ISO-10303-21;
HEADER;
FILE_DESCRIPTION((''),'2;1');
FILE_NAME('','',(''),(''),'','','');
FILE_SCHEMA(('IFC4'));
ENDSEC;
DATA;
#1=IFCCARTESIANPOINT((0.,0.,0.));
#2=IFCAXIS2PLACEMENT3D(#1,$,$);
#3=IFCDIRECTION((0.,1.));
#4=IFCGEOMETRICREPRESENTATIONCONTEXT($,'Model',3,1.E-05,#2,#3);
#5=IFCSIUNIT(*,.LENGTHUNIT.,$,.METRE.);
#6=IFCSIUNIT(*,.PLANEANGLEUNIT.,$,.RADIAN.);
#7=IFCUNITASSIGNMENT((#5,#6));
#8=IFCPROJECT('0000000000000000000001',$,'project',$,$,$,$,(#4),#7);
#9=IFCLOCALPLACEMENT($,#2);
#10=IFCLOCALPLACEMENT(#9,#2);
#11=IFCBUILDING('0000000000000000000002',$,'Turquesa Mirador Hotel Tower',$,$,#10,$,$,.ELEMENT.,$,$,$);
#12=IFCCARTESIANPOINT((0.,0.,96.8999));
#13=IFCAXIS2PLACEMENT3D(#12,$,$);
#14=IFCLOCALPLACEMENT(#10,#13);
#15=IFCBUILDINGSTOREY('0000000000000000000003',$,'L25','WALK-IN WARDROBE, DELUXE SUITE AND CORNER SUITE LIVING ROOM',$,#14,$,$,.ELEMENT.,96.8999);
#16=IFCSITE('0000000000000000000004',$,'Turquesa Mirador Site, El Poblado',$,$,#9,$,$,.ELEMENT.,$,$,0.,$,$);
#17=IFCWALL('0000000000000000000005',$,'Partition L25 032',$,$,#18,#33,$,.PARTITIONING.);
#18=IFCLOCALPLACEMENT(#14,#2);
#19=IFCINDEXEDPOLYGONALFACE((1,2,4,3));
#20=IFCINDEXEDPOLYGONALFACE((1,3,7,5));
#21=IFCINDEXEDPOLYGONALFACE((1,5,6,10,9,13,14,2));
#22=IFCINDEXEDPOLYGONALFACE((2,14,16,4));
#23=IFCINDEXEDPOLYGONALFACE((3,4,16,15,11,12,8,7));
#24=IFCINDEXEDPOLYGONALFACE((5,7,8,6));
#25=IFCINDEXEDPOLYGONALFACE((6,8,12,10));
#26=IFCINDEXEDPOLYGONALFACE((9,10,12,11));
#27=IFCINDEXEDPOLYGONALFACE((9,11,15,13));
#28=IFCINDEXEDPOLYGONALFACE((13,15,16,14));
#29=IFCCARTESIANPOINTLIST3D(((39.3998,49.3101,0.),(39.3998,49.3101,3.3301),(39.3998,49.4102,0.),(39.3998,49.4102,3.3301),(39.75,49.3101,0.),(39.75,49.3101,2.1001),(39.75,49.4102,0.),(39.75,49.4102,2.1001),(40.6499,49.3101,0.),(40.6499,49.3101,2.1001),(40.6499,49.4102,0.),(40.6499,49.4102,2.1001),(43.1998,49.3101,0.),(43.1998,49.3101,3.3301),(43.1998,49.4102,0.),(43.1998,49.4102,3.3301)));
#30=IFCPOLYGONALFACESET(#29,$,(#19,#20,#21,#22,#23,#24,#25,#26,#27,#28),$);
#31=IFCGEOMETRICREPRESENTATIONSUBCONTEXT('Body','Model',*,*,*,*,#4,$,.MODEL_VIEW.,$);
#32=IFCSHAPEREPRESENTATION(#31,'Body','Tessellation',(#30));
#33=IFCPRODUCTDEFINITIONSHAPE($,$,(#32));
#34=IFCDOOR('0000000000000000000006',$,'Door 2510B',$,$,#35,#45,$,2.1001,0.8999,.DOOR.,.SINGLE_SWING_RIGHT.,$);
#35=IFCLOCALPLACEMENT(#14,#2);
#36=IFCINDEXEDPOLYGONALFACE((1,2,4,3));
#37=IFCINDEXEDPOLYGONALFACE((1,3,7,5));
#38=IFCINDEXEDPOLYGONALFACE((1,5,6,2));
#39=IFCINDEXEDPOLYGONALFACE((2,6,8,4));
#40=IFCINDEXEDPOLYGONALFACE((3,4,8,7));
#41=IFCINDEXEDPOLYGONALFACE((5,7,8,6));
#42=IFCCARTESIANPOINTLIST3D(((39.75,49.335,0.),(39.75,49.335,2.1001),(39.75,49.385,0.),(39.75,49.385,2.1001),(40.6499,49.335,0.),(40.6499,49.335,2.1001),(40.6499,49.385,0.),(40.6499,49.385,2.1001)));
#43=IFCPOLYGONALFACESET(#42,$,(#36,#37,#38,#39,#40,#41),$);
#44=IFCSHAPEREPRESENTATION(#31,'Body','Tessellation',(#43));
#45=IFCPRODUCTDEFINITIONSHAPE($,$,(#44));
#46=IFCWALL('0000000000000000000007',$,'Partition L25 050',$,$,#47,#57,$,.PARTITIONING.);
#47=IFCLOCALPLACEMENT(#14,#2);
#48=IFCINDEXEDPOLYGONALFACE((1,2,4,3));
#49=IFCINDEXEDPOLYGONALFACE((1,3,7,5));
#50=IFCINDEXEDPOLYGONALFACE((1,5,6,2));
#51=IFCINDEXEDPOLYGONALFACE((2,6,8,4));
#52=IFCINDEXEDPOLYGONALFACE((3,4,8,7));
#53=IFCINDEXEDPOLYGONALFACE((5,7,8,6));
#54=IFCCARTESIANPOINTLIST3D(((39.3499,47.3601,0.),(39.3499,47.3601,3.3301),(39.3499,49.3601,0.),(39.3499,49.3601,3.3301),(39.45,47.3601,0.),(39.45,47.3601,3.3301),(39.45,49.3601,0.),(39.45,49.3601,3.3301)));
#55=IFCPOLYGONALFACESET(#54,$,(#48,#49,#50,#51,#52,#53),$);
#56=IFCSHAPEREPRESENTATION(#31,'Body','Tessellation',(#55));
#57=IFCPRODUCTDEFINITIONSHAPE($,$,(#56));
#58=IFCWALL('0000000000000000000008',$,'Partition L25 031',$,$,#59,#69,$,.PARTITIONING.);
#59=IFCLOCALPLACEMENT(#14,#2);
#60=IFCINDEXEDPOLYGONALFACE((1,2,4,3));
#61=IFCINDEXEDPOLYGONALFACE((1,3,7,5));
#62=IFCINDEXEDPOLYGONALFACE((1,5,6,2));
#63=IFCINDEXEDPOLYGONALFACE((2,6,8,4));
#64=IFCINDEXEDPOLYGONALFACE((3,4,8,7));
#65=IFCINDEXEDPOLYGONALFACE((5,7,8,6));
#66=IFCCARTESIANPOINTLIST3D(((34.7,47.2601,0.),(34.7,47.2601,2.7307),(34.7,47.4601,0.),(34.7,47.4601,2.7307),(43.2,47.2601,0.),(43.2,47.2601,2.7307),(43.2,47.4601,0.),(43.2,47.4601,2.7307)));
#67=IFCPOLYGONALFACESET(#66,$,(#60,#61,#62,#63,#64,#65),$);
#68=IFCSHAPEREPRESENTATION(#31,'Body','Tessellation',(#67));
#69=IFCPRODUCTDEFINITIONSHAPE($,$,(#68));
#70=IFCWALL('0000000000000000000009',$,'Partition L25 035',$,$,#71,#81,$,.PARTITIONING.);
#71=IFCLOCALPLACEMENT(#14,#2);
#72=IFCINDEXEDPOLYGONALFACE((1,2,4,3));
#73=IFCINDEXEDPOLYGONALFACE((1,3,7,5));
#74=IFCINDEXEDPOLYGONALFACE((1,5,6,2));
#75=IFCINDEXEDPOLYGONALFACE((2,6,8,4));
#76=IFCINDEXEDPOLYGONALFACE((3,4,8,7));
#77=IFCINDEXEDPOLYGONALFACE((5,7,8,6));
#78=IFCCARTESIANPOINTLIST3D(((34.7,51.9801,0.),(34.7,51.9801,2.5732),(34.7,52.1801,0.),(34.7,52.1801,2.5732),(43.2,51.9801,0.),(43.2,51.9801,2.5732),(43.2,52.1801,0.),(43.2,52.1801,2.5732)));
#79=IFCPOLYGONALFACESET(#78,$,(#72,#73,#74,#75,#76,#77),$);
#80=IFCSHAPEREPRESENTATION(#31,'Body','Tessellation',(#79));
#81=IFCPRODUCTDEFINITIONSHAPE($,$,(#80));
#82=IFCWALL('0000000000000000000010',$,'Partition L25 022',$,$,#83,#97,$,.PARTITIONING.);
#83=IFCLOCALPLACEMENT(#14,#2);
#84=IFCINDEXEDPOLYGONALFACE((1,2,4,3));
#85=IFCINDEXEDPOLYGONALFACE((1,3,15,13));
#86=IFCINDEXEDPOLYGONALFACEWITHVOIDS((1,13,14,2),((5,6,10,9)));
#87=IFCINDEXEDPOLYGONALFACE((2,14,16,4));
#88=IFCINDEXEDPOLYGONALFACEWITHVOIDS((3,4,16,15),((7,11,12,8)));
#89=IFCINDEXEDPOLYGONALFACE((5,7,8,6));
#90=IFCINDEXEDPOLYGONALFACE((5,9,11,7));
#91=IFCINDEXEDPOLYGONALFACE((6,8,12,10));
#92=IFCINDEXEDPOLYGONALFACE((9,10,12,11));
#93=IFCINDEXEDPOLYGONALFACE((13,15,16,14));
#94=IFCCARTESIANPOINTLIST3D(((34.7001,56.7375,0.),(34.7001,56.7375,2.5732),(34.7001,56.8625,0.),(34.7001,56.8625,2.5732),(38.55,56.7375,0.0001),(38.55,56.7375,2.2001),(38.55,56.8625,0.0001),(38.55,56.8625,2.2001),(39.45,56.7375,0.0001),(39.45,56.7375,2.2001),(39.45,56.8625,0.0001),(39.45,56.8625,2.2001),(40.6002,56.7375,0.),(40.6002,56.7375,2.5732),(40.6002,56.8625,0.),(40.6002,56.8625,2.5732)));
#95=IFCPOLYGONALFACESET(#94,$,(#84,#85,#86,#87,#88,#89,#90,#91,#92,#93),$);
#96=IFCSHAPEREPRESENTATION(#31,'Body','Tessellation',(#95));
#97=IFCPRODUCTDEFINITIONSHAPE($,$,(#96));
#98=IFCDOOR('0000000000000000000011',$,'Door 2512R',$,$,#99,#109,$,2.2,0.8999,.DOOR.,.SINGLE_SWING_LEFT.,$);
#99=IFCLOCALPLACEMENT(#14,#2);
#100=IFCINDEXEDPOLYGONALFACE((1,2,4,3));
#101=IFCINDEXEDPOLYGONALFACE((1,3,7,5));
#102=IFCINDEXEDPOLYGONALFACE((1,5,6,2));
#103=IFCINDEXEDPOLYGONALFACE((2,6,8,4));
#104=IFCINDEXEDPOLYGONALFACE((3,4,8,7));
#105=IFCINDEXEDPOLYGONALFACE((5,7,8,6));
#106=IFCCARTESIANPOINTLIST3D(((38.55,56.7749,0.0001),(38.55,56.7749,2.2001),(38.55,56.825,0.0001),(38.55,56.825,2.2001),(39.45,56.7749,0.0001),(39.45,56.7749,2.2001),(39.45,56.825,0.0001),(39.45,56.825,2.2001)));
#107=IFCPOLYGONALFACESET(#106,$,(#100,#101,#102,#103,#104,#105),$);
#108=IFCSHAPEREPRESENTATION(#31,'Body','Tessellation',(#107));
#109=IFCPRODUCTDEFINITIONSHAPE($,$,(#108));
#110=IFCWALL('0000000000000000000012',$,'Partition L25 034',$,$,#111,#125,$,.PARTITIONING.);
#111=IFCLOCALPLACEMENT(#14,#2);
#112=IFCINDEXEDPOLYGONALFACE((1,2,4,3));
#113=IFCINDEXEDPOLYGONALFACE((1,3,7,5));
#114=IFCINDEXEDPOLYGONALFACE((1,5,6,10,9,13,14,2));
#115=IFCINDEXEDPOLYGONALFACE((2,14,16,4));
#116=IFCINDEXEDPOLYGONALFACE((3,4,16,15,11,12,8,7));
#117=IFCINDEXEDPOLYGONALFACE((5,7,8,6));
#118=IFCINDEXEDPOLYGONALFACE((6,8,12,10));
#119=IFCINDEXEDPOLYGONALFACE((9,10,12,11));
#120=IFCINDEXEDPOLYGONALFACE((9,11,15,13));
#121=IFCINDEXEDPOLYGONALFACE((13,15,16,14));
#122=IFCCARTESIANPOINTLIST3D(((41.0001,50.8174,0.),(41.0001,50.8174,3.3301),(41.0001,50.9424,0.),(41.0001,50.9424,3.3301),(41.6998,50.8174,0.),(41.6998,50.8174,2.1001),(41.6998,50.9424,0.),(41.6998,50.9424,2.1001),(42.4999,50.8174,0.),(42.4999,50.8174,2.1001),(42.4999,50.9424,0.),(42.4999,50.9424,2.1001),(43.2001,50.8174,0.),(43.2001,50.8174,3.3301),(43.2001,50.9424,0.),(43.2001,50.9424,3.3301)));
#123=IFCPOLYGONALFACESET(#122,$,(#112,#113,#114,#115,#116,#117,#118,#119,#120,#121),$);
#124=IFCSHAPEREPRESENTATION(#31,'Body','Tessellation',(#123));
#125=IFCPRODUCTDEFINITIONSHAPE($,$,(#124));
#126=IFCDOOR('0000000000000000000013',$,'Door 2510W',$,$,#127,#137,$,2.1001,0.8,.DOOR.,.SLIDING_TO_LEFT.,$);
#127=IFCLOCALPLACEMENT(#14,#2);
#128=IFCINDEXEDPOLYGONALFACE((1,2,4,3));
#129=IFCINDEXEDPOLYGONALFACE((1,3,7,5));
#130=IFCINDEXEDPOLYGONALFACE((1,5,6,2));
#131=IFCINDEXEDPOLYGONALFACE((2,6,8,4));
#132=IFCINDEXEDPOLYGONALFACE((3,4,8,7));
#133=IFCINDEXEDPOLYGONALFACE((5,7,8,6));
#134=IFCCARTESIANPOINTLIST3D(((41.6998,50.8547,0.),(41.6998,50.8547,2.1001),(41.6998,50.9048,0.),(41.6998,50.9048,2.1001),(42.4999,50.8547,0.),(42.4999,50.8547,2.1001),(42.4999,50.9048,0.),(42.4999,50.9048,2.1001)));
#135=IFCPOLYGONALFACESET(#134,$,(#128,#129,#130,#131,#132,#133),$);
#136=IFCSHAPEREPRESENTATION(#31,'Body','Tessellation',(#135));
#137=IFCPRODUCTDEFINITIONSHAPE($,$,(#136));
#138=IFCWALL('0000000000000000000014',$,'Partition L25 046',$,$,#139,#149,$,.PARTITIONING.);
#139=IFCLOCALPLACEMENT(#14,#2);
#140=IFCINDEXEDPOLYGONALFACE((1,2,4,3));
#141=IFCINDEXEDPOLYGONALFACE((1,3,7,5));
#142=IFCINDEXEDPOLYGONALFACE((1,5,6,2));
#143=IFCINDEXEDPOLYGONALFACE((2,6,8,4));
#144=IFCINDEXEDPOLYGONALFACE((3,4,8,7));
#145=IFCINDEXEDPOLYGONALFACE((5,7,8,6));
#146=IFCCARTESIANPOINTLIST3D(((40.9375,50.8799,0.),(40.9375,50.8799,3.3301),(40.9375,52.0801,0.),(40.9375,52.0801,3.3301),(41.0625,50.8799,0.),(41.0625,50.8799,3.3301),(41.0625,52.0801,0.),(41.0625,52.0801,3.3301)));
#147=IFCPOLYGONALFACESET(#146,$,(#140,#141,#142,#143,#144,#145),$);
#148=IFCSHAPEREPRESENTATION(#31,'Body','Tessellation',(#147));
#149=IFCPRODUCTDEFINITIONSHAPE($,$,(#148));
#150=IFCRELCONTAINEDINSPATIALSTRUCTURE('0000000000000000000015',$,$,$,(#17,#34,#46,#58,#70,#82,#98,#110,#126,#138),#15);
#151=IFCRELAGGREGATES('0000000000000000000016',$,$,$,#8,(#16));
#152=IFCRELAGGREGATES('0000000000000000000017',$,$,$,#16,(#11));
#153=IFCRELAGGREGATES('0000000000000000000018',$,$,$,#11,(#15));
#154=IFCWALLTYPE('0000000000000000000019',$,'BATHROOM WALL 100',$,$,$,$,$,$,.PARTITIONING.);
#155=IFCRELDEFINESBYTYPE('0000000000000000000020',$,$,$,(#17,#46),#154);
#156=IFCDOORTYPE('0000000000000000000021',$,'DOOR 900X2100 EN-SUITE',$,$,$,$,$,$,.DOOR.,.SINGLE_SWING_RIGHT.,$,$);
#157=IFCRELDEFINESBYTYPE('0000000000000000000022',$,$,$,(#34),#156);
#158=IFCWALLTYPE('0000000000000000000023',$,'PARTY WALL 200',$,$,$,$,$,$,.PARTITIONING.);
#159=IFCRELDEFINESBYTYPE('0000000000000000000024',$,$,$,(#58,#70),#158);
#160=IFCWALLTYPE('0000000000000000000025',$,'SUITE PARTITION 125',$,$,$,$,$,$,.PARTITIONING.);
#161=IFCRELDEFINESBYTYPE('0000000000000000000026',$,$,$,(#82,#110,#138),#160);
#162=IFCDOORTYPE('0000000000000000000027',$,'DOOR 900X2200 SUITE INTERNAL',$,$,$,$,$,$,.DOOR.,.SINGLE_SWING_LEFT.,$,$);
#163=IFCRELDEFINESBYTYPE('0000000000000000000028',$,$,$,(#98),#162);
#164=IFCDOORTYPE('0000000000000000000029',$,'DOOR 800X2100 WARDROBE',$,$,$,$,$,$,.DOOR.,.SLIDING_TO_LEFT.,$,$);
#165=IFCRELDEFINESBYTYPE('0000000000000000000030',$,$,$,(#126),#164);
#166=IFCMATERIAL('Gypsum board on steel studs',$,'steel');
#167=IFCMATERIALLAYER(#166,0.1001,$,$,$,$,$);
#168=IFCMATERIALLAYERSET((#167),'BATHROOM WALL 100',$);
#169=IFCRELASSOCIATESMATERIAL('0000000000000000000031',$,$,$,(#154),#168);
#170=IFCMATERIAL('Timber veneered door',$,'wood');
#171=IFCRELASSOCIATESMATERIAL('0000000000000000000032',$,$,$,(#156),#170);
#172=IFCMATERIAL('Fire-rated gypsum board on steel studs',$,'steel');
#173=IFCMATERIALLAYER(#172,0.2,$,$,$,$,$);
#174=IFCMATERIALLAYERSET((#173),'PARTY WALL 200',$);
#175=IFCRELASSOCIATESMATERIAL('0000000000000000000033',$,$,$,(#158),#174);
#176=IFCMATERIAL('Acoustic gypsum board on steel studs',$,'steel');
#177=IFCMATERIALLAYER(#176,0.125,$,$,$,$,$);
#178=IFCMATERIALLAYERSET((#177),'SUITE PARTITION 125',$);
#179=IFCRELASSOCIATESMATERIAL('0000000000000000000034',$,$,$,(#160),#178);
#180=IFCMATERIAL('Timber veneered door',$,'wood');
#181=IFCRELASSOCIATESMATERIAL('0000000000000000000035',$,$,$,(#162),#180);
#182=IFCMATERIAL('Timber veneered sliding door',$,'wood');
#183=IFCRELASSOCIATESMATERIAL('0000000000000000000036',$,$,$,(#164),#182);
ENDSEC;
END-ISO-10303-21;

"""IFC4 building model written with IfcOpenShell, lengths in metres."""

from ifc_helpers import new_model, si_unit, direction, frame, frame_2d, origin, place, context, subcontext, project, spatial, rectangle, extrude, material, layer, layer_set, type_object, element, fill, save


model = new_model("IFC4")

# Units and contexts
model_context = context("Model", 3, precision=1e-05, world=origin(), true_north=direction((0.0, 1.0)))
body_context = subcontext(model_context, "Body", "Model", "MODEL_VIEW")
ifc_project = project(units=[si_unit("LENGTHUNIT", "METRE"), si_unit("PLANEANGLEUNIT", "RADIAN")], contexts=[model_context])

# Site, building, storey
site_placement = place(None, origin())
site = spatial("IfcSite", under=ifc_project, at=site_placement, Name="Turquesa Mirador Site, El Poblado", CompositionType="ELEMENT", RefElevation=0.0)
building_placement = place(site_placement, origin())
building = spatial("IfcBuilding", under=site, at=building_placement, Name="Turquesa Mirador Hotel Tower", CompositionType="ELEMENT")
storey_placement = place(building_placement, frame((0.0, 0.0, 96.8999)))
storey = spatial("IfcBuildingStorey", under=building, at=storey_placement, Name="L25", Description="WALK-IN WARDROBE, DELUXE SUITE AND CORNER SUITE LIVING ROOM", CompositionType="ELEMENT", Elevation=96.8999)

# Wall, opening, door
ifc_material_1 = material(Name="Gypsum board on steel studs", Category="steel")
ifc_layer_1 = layer(ifc_material_1, 0.1001)
ifc_layer_set_1 = layer_set([ifc_layer_1], Name="BATHROOM WALL 100")
wall_type_1 = type_object("IfcWallType", Name="BATHROOM WALL 100", PredefinedType="PARTITIONING", material=ifc_layer_set_1)
wall_1_placement = place(storey_placement, frame((39.3999, 49.3601, 0.0), z_axis=(0.0, 0.0, 1.0), x_axis=(1.0, 0.0, 0.0)))
wall_1 = element("IfcWall", 1, at=wall_1_placement, inside=storey, type_object=wall_type_1, Name="Partition L25 032", PredefinedType="PARTITIONING", context=body_context, shape_type="SweptSolid", body=[
    extrude(rectangle(XDim=3.8, YDim=0.1001, at=frame_2d((1.8999, 0.0))), origin(), (0.0, 0.0, 1.0), 3.3301),
])
opening_1_placement = place(wall_1_placement, frame((0.3501, 0.0, 0.0)))
opening_1 = element("IfcOpeningElement", 2, at=opening_1_placement, cuts=wall_1, PredefinedType="OPENING", context=body_context, shape_type="SweptSolid", body=[
    extrude(rectangle(XDim=0.8999, YDim=2.1001, at=frame_2d((0.45, 1.05))), frame((0.0, 0.0601, 0.0), z_axis=(0.0, -1.0, 0.0), x_axis=(1.0, 0.0, 0.0)), (0.0, 0.0, 1.0), 0.1201),
])
ifc_material_2 = material(Name="Timber veneered door", Category="wood")
door_type_1 = type_object("IfcDoorType", Name="DOOR 900X2100 EN-SUITE", OperationType="SINGLE_SWING_RIGHT", PredefinedType="DOOR", material=ifc_material_2)
door_1_placement = place(opening_1_placement, origin())
door_1 = element("IfcDoor", 3, at=door_1_placement, inside=storey, type_object=door_type_1, Name="Door 2510B", OperationType="SINGLE_SWING_RIGHT", OverallHeight=2.1001, OverallWidth=0.8999, PredefinedType="DOOR", context=body_context, shape_type="SweptSolid", body=[
    extrude(rectangle(XDim=0.8999, YDim=2.1001, at=frame_2d((0.45, 1.05))), frame((0.0, 0.0249, 0.0), z_axis=(0.0, -1.0, 0.0), x_axis=(1.0, 0.0, 0.0)), (0.0, 0.0, 1.0), 0.05),
])
fill(opening_1, door_1)

# Walls
wall_2_placement = place(storey_placement, frame((39.3999, 47.3601, 0.0), z_axis=(0.0, 0.0, 1.0), x_axis=(0.0, 1.0, 0.0)))
element("IfcWall", 4, at=wall_2_placement, inside=storey, type_object=wall_type_1, Name="Partition L25 050", PredefinedType="PARTITIONING", context=body_context, shape_type="SweptSolid", body=[
    extrude(rectangle(XDim=2.0, YDim=0.1001, at=frame_2d((1.0, 0.0))), origin(), (0.0, 0.0, 1.0), 3.3301),
])
ifc_material_3 = material(Name="Fire-rated gypsum board on steel studs", Category="steel")
ifc_layer_2 = layer(ifc_material_3, 0.2)
ifc_layer_set_2 = layer_set([ifc_layer_2], Name="PARTY WALL 200")
wall_type_2 = type_object("IfcWallType", Name="PARTY WALL 200", PredefinedType="PARTITIONING", material=ifc_layer_set_2)
wall_3_placement = place(storey_placement, frame((34.7, 47.3601, 0.0), z_axis=(0.0, 0.0, 1.0), x_axis=(1.0, 0.0, 0.0)))
element("IfcWall", 5, at=wall_3_placement, inside=storey, type_object=wall_type_2, Name="Partition L25 031", PredefinedType="PARTITIONING", context=body_context, shape_type="SweptSolid", body=[
    extrude(rectangle(XDim=8.5, YDim=0.2, at=frame_2d((4.25, 0.0))), origin(), (0.0, 0.0, 1.0), 2.7307),
])
wall_4_placement = place(storey_placement, frame((34.7, 52.0801, 0.0), z_axis=(0.0, 0.0, 1.0), x_axis=(1.0, 0.0, 0.0)))
element("IfcWall", 6, at=wall_4_placement, inside=storey, type_object=wall_type_2, Name="Partition L25 035", PredefinedType="PARTITIONING", context=body_context, shape_type="SweptSolid", body=[
    extrude(rectangle(XDim=8.5, YDim=0.2, at=frame_2d((4.25, 0.0))), origin(), (0.0, 0.0, 1.0), 2.5732),
])

# Walls, openings, doors
ifc_material_4 = material(Name="Acoustic gypsum board on steel studs", Category="steel")
ifc_layer_3 = layer(ifc_material_4, 0.125)
ifc_layer_set_3 = layer_set([ifc_layer_3], Name="SUITE PARTITION 125")
wall_type_3 = type_object("IfcWallType", Name="SUITE PARTITION 125", PredefinedType="PARTITIONING", material=ifc_layer_set_3)
wall_5_placement = place(storey_placement, frame((34.7, 56.8, 0.0), z_axis=(0.0, 0.0, 1.0), x_axis=(1.0, 0.0, 0.0)))
wall_5 = element("IfcWall", 7, at=wall_5_placement, inside=storey, type_object=wall_type_3, Name="Partition L25 022", PredefinedType="PARTITIONING", context=body_context, shape_type="SweptSolid", body=[
    extrude(rectangle(XDim=5.9001, YDim=0.125, at=frame_2d((2.9502, 0.0))), origin(), (0.0, 0.0, 1.0), 2.5732),
])
opening_2_placement = place(wall_5_placement, frame((3.8501, 0.0, 0.0)))
opening_2 = element("IfcOpeningElement", 8, at=opening_2_placement, cuts=wall_5, PredefinedType="OPENING", context=body_context, shape_type="SweptSolid", body=[
    extrude(rectangle(XDim=0.8999, YDim=2.2, at=frame_2d((0.45, 1.1001))), frame((0.0, 0.0725, 0.0), z_axis=(0.0, -1.0, 0.0), x_axis=(1.0, 0.0, 0.0)), (0.0, 0.0, 1.0), 0.145),
])
ifc_material_5 = material(Name="Timber veneered door", Category="wood")
door_type_2 = type_object("IfcDoorType", Name="DOOR 900X2200 SUITE INTERNAL", OperationType="SINGLE_SWING_LEFT", PredefinedType="DOOR", material=ifc_material_5)
door_2_placement = place(opening_2_placement, origin())
door_2 = element("IfcDoor", 9, at=door_2_placement, inside=storey, type_object=door_type_2, Name="Door 2512R", OperationType="SINGLE_SWING_LEFT", OverallHeight=2.2, OverallWidth=0.8999, PredefinedType="DOOR", context=body_context, shape_type="SweptSolid", body=[
    extrude(rectangle(XDim=0.8999, YDim=2.2, at=frame_2d((0.45, 1.1001))), frame((0.0, 0.0249, 0.0), z_axis=(0.0, -1.0, 0.0), x_axis=(1.0, 0.0, 0.0)), (0.0, 0.0, 1.0), 0.05),
])
fill(opening_2, door_2)
wall_6_placement = place(storey_placement, frame((41.0, 50.8799, 0.0), z_axis=(0.0, 0.0, 1.0), x_axis=(1.0, 0.0, 0.0)))
wall_6 = element("IfcWall", 10, at=wall_6_placement, inside=storey, type_object=wall_type_3, Name="Partition L25 034", PredefinedType="PARTITIONING", context=body_context, shape_type="SweptSolid", body=[
    extrude(rectangle(XDim=2.2, YDim=0.125, at=frame_2d((1.1001, 0.0))), origin(), (0.0, 0.0, 1.0), 3.3301),
])
opening_3_placement = place(wall_6_placement, frame((0.7, 0.0, 0.0)))
opening_3 = element("IfcOpeningElement", 11, at=opening_3_placement, cuts=wall_6, PredefinedType="OPENING", context=body_context, shape_type="SweptSolid", body=[
    extrude(rectangle(XDim=0.8, YDim=2.1001, at=frame_2d((0.3999, 1.05))), frame((0.0, 0.0725, 0.0), z_axis=(0.0, -1.0, 0.0), x_axis=(1.0, 0.0, 0.0)), (0.0, 0.0, 1.0), 0.145),
])
ifc_material_6 = material(Name="Timber veneered sliding door", Category="wood")
door_type_3 = type_object("IfcDoorType", Name="DOOR 800X2100 WARDROBE", OperationType="SLIDING_TO_LEFT", PredefinedType="DOOR", material=ifc_material_6)
door_3_placement = place(opening_3_placement, origin())
door_3 = element("IfcDoor", 12, at=door_3_placement, inside=storey, type_object=door_type_3, Name="Door 2510W", OperationType="SLIDING_TO_LEFT", OverallHeight=2.1001, OverallWidth=0.8, PredefinedType="DOOR", context=body_context, shape_type="SweptSolid", body=[
    extrude(rectangle(XDim=0.8, YDim=2.1001, at=frame_2d((0.3999, 1.05))), frame((0.0, 0.0249, 0.0), z_axis=(0.0, -1.0, 0.0), x_axis=(1.0, 0.0, 0.0)), (0.0, 0.0, 1.0), 0.05),
])
fill(opening_3, door_3)

# Wall
wall_7_placement = place(storey_placement, frame((41.0, 50.8799, 0.0), z_axis=(0.0, 0.0, 1.0), x_axis=(0.0, 1.0, 0.0)))
element("IfcWall", 13, at=wall_7_placement, inside=storey, type_object=wall_type_3, Name="Partition L25 046", PredefinedType="PARTITIONING", context=body_context, shape_type="SweptSolid", body=[
    extrude(rectangle(XDim=1.2002, YDim=0.125, at=frame_2d((0.6001, 0.0))), origin(), (0.0, 0.0, 1.0), 3.3301),
])

save(model, "model.ifc")
